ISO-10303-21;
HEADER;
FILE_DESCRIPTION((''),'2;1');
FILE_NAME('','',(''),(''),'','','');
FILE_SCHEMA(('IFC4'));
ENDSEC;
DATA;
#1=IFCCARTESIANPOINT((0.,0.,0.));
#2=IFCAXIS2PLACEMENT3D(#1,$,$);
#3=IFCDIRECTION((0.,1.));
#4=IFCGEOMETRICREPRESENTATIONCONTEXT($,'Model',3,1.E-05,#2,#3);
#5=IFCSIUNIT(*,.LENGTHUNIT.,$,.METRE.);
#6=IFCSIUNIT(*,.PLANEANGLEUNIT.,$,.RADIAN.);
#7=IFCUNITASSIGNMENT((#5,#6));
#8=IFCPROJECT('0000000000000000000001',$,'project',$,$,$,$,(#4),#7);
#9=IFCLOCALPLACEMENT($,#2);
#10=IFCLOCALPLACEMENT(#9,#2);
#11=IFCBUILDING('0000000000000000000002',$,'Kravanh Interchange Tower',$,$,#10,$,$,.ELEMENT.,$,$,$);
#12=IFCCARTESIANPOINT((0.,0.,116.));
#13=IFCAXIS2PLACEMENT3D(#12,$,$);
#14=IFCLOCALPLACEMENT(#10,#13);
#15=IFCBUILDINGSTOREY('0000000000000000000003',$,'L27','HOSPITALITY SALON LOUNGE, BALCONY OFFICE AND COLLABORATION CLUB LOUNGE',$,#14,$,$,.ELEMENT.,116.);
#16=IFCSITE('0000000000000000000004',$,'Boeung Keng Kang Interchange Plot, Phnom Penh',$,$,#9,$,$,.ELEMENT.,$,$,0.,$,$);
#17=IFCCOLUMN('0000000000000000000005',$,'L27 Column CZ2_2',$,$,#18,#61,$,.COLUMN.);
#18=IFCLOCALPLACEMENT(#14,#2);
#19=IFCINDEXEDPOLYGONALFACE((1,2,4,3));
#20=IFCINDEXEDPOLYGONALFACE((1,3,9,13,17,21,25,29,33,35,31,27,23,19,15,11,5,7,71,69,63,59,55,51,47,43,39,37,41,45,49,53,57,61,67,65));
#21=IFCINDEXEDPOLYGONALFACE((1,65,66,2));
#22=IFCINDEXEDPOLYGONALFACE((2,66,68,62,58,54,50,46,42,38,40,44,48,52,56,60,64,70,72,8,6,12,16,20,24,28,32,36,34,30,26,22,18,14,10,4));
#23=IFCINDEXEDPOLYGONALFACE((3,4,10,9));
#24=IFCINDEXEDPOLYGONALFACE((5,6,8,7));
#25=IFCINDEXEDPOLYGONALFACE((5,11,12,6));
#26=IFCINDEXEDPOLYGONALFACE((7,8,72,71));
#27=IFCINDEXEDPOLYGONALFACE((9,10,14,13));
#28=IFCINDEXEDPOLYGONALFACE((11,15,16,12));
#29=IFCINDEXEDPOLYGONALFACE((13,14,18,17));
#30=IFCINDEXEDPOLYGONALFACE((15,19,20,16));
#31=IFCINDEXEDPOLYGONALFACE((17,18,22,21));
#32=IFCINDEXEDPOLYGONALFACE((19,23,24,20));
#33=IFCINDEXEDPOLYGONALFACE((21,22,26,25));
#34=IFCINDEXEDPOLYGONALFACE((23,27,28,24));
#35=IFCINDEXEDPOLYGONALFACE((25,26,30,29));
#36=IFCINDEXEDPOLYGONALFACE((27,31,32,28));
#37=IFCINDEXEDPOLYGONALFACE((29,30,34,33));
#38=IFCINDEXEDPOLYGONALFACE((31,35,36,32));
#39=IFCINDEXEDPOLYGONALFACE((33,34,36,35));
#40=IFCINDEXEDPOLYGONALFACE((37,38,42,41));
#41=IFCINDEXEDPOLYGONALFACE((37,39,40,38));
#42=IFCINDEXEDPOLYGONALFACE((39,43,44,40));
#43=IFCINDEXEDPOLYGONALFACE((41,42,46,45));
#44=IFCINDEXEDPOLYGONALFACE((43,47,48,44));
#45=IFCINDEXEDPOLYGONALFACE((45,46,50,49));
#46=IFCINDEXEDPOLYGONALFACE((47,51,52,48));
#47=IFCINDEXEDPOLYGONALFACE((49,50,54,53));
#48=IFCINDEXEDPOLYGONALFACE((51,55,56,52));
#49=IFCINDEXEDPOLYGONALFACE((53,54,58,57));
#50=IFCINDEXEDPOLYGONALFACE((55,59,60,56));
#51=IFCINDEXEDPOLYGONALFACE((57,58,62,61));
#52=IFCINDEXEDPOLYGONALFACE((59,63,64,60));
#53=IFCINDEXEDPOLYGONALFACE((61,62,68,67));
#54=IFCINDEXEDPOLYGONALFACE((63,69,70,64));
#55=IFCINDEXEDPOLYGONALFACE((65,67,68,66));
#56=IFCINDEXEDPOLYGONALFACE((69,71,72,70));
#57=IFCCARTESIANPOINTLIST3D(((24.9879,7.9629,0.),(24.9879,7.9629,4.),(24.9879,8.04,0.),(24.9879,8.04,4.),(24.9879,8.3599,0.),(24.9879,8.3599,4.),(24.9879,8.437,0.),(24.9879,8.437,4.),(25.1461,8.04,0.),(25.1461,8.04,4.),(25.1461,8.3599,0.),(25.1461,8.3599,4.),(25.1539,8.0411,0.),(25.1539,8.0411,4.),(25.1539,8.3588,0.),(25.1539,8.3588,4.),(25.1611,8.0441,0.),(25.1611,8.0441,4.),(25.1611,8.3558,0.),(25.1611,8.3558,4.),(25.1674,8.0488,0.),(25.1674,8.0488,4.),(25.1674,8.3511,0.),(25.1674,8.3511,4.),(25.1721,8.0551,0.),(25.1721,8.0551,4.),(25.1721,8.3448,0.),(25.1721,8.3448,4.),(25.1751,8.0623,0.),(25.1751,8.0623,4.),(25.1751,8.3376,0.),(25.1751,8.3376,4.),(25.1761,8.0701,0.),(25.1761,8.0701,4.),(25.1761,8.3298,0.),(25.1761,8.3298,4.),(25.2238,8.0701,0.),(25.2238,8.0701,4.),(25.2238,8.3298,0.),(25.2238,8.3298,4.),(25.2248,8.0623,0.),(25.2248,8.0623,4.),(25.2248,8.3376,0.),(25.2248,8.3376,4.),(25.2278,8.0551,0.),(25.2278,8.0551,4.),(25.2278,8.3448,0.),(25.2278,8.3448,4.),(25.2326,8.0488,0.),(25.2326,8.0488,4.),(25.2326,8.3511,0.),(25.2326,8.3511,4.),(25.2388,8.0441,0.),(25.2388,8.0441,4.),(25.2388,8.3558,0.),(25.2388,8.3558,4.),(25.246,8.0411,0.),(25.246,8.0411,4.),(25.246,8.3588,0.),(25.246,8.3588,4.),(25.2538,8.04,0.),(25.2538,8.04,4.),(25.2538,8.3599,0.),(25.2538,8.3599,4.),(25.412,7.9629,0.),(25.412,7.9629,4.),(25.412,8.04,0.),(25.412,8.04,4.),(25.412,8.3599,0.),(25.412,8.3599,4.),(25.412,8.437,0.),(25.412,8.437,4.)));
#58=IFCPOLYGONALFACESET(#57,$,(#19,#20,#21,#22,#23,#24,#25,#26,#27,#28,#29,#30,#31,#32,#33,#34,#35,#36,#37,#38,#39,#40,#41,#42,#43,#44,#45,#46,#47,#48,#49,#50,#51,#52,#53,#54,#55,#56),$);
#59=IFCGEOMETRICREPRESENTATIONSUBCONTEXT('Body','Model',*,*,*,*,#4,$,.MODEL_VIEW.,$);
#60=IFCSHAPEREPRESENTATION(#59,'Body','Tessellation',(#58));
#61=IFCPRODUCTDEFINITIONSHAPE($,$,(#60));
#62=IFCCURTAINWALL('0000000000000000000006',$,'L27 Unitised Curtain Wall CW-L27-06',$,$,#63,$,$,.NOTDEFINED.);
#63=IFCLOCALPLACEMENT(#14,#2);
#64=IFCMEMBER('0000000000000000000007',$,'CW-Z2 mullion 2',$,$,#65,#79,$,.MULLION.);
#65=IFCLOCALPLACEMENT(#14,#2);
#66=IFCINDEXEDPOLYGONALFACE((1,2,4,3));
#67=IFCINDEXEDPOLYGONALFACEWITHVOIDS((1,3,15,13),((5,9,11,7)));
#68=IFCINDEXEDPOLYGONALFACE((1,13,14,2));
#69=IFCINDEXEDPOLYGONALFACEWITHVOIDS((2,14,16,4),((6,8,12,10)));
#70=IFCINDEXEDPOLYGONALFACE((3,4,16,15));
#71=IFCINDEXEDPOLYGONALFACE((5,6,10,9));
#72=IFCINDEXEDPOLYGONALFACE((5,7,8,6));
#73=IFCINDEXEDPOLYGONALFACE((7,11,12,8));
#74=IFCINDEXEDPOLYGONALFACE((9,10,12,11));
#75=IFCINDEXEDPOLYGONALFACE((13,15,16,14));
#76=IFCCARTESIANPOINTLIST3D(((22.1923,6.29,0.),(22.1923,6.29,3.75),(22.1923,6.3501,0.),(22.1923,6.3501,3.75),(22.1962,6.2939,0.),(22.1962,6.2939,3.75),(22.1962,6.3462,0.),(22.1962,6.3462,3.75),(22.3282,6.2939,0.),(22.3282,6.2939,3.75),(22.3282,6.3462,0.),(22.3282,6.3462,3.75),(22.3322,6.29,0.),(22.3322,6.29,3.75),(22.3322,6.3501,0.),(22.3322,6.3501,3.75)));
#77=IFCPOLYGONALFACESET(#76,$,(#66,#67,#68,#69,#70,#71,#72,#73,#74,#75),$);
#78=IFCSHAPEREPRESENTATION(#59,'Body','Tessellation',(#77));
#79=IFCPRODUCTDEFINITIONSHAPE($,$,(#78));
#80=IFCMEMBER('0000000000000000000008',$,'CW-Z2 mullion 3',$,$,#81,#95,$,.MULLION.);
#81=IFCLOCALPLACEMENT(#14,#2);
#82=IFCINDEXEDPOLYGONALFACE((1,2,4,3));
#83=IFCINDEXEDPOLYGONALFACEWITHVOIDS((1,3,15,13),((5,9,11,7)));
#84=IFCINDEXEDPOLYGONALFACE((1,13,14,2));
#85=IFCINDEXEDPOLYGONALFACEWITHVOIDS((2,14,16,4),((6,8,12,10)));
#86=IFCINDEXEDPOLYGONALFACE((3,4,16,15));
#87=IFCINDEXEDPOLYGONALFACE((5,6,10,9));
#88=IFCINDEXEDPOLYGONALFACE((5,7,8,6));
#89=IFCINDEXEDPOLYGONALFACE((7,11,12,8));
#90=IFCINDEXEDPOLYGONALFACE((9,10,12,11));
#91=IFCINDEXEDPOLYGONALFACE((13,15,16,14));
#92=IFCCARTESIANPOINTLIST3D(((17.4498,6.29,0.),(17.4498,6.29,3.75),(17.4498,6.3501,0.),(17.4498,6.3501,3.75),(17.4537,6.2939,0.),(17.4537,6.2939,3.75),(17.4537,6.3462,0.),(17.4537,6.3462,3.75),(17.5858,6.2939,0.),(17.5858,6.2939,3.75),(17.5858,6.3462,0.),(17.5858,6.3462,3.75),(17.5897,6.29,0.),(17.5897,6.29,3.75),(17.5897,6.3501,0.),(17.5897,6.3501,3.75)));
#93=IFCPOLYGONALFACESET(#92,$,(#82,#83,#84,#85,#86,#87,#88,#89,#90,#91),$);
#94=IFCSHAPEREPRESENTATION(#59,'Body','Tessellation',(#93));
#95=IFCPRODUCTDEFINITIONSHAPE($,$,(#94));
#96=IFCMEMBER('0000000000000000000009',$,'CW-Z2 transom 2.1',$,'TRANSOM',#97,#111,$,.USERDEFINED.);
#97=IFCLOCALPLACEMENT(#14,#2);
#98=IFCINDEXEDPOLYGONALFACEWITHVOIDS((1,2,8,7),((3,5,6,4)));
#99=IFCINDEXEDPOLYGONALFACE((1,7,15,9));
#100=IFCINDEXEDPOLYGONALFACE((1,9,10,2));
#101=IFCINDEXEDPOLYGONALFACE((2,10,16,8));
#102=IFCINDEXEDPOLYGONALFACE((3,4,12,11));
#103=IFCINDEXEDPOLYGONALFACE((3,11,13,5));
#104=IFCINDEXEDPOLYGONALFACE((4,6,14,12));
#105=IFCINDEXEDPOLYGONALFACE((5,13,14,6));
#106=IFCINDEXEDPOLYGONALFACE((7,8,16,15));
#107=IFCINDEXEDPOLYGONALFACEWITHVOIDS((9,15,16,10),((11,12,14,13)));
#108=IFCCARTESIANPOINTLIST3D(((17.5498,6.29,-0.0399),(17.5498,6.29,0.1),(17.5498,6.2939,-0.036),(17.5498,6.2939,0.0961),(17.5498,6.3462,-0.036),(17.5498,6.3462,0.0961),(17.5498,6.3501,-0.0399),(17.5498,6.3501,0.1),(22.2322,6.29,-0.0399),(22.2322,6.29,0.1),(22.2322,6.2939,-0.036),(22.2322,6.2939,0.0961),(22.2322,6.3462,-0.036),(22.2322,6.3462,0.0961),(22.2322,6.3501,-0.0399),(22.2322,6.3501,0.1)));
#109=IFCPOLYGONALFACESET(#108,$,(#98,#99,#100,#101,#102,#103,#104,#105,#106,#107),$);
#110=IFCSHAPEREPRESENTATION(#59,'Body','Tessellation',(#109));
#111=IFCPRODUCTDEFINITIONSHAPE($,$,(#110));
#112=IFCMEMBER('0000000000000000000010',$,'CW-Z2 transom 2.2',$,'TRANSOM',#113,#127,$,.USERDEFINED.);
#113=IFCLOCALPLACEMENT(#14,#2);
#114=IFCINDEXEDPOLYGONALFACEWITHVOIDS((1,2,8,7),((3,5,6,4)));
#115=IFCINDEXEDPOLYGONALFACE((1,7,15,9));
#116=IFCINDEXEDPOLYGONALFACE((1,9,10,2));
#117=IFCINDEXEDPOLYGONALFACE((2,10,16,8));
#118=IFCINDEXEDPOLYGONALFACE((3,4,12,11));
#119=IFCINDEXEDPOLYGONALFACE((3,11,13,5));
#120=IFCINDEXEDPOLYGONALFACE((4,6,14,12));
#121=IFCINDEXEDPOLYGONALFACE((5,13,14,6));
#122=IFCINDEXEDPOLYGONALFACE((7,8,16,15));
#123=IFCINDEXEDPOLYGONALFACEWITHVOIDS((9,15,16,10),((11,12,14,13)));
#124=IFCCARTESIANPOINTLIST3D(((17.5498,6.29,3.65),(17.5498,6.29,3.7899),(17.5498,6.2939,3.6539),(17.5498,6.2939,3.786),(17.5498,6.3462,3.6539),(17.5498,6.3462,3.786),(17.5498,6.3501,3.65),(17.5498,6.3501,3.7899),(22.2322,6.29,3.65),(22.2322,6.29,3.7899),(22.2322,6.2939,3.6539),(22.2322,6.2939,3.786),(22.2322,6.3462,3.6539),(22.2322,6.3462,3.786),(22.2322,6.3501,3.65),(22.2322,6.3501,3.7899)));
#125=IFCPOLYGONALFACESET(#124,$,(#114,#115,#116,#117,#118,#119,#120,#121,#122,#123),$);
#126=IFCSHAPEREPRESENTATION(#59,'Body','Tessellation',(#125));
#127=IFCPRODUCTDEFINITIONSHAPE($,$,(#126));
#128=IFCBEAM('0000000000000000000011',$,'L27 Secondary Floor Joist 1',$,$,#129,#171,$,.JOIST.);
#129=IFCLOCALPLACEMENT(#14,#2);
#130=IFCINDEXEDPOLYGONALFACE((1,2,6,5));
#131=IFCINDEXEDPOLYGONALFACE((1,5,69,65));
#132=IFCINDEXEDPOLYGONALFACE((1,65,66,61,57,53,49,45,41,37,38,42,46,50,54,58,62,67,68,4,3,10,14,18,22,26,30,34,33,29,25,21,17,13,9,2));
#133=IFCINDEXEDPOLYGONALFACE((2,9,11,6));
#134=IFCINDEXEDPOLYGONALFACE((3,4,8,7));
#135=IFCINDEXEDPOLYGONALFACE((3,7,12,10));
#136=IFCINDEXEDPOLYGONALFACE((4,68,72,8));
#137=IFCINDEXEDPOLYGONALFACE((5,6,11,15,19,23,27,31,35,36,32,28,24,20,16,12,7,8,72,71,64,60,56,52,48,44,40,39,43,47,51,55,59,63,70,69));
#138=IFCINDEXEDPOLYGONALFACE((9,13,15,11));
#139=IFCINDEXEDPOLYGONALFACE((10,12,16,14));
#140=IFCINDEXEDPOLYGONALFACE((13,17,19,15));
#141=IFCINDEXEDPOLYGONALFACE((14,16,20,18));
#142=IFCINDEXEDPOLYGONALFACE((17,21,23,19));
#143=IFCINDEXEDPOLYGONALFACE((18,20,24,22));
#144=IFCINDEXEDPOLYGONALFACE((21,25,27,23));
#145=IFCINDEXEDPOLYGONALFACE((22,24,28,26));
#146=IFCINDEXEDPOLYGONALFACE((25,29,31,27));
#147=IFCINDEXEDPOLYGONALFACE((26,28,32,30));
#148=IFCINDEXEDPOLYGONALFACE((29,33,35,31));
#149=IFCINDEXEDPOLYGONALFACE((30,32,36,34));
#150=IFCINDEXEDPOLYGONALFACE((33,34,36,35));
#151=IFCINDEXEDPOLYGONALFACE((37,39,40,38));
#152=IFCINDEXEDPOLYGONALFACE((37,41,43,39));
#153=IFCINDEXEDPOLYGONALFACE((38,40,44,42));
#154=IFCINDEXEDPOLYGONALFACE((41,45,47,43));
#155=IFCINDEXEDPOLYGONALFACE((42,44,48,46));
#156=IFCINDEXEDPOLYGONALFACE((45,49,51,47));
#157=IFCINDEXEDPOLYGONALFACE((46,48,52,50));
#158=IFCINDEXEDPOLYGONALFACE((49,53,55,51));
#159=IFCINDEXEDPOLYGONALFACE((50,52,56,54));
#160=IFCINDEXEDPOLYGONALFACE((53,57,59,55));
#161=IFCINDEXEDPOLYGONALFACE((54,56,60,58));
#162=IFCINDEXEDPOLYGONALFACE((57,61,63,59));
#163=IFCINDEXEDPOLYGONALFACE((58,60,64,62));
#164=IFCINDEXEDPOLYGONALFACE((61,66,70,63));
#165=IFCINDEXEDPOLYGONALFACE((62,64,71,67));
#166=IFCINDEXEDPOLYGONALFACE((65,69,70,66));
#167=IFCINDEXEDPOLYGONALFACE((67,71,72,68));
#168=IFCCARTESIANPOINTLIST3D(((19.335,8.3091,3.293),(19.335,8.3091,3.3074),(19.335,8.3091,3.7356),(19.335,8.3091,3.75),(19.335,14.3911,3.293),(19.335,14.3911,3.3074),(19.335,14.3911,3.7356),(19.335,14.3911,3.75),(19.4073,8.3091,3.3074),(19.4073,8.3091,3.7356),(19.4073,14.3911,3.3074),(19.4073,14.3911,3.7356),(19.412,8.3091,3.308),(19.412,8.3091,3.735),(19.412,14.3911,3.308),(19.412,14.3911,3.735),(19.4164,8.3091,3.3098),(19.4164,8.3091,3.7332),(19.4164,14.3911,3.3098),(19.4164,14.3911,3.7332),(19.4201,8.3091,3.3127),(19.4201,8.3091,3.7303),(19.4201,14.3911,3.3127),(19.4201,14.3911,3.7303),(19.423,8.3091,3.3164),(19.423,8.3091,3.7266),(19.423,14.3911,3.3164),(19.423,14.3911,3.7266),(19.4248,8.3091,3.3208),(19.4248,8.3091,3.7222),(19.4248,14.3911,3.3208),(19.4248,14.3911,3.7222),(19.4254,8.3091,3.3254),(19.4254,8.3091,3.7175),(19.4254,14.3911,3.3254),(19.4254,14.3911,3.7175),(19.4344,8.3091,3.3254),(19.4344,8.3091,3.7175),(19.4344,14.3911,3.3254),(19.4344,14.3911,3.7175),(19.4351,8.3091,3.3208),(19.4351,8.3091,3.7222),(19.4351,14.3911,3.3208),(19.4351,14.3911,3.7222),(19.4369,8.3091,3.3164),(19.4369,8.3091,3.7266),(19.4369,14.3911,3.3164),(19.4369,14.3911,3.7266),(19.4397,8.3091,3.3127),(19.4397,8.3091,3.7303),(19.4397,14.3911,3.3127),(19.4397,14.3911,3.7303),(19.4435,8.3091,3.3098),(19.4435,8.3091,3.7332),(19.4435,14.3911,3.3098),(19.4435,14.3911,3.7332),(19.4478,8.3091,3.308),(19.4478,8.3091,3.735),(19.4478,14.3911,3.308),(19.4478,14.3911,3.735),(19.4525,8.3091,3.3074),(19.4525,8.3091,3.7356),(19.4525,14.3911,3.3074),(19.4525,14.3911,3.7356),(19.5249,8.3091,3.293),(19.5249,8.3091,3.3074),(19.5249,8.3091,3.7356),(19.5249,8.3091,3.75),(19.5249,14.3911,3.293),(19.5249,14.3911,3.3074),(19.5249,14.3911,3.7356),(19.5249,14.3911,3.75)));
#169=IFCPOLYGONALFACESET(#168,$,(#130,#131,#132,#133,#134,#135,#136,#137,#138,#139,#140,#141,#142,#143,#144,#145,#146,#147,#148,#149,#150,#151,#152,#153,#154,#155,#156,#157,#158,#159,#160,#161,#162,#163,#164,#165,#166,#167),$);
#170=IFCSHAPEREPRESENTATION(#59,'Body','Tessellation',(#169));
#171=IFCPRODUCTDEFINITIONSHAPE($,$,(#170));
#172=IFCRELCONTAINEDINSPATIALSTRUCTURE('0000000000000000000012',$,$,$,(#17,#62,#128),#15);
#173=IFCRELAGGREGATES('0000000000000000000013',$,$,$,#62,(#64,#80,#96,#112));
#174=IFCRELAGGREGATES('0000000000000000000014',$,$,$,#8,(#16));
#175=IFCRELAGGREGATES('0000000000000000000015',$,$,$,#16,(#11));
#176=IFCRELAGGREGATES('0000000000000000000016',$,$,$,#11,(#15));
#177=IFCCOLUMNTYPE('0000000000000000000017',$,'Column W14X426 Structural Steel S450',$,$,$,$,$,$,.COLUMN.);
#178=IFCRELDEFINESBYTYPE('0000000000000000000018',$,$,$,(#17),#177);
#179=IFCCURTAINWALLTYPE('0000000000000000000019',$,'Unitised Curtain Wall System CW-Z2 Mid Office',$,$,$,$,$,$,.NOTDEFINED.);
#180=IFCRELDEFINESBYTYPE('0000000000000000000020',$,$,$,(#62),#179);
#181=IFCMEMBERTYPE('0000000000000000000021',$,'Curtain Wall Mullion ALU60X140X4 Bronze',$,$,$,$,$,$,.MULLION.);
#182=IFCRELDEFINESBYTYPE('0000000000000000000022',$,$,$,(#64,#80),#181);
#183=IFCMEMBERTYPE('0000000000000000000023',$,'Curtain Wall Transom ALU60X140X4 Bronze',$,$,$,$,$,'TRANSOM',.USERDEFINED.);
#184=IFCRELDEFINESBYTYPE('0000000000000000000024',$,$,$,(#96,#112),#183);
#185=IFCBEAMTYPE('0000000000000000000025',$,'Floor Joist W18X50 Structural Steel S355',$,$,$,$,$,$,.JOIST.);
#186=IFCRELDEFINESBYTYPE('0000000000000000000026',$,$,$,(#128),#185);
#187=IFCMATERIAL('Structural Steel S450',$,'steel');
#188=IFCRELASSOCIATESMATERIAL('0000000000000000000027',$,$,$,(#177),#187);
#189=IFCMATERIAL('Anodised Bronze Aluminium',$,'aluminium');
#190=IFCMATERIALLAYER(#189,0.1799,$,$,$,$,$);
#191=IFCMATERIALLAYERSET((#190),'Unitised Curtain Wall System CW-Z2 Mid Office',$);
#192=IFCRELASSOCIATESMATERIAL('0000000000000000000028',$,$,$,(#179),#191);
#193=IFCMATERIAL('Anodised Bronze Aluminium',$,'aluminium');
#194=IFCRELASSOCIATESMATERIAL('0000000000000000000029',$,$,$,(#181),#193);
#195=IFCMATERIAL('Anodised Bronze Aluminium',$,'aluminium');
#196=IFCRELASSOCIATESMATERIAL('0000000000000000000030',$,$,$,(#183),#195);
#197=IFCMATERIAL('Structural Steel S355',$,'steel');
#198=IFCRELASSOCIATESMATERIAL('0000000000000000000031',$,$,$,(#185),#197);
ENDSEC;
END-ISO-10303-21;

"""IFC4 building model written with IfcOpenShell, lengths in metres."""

from ifc_helpers import new_model, si_unit, direction, frame, origin, origin_2d, place, context, subcontext, project, spatial, hollow_rectangle, i_section, extrude, material, layer, layer_set, material_profile, profile_set, type_object, element, aggregate, save


model = new_model("IFC4")

# Units and contexts
model_context = context("Model", 3, precision=1e-05, world=origin(), true_north=direction((0.0, 1.0)))
body_context = subcontext(model_context, "Body", "Model", "MODEL_VIEW")
ifc_project = project(units=[si_unit("LENGTHUNIT", "METRE"), si_unit("PLANEANGLEUNIT", "RADIAN")], contexts=[model_context])

# Site, building, storey
site_placement = place(None, origin())
site = spatial("IfcSite", under=ifc_project, at=site_placement, Name="Boeung Keng Kang Interchange Plot, Phnom Penh", CompositionType="ELEMENT", RefElevation=0.0)
building_placement = place(site_placement, origin())
building = spatial("IfcBuilding", under=site, at=building_placement, Name="Kravanh Interchange Tower", CompositionType="ELEMENT")
storey_placement = place(building_placement, frame((0.0, 0.0, 116.0)))
storey = spatial("IfcBuildingStorey", under=building, at=storey_placement, Name="L27", Description="HOSPITALITY SALON LOUNGE, BALCONY OFFICE AND COLLABORATION CLUB LOUNGE", CompositionType="ELEMENT", Elevation=116.0)

# Column
ifc_material_1 = material(Name="Structural Steel S450", Category="steel")
ifc_material_profile_1 = material_profile(ifc_material_1, i_section(OverallWidth=0.4241, OverallDepth=0.4741, WebThickness=0.0476, FlangeThickness=0.0771, FilletRadius=0.03, at=origin_2d()), Name="W14X426")
ifc_profile_set_1 = profile_set([ifc_material_profile_1], Name="Structural Steel S450")
column_type = type_object("IfcColumnType", Name="Column W14X426 Structural Steel S450", PredefinedType="COLUMN", material=ifc_profile_set_1)
column_placement = place(storey_placement, frame((25.2, 8.2, 0.0), z_axis=(0.0, 0.0, 1.0), x_axis=(1.0, 0.0, 0.0)))
element("IfcColumn", 1, at=column_placement, inside=storey, type_object=column_type, Name="L27 Column CZ2_2", PredefinedType="COLUMN", context=body_context, shape_type="SweptSolid", body=[
    extrude(i_section(OverallWidth=0.4241, OverallDepth=0.4741, WebThickness=0.0476, FlangeThickness=0.0771, FilletRadius=0.03, at=origin_2d()), origin(), (0.0, 0.0, 1.0), 4.0),
])

# Curtain wall, members
ifc_material_2 = material(Name="Anodised Bronze Aluminium", Category="aluminium")
ifc_layer_1 = layer(ifc_material_2, 0.1799)
ifc_layer_set_1 = layer_set([ifc_layer_1], Name="Unitised Curtain Wall System CW-Z2 Mid Office")
curtain_wall_type = type_object("IfcCurtainWallType", Name="Unitised Curtain Wall System CW-Z2 Mid Office", PredefinedType="NOTDEFINED", material=ifc_layer_set_1)
curtain_wall_placement = place(storey_placement, origin())
curtain_wall = element("IfcCurtainWall", 2, at=curtain_wall_placement, inside=storey, type_object=curtain_wall_type, Name="L27 Unitised Curtain Wall CW-L27-06", PredefinedType="NOTDEFINED")
ifc_material_3 = material(Name="Anodised Bronze Aluminium", Category="aluminium")
ifc_material_profile_2 = material_profile(ifc_material_3, hollow_rectangle(XDim=0.0601, YDim=0.1399, WallThickness=0.0039, at=origin_2d()), Name="ALU60X140X4")
ifc_profile_set_2 = profile_set([ifc_material_profile_2], Name="Anodised Bronze Aluminium")
member_type_1 = type_object("IfcMemberType", Name="Curtain Wall Mullion ALU60X140X4 Bronze", PredefinedType="MULLION", material=ifc_profile_set_2)
member_1_placement = place(storey_placement, frame((22.2622, 6.3201, 0.0), z_axis=(0.0, 0.0, 1.0), x_axis=(0.0, -1.0, 0.0)))
member_1 = element("IfcMember", 3, at=member_1_placement, type_object=member_type_1, Name="CW-Z2 mullion 2", PredefinedType="MULLION", context=body_context, shape_type="SweptSolid", body=[
    extrude(hollow_rectangle(XDim=0.0601, YDim=0.1399, WallThickness=0.0039, at=origin_2d()), origin(), (0.0, 0.0, 1.0), 3.75),
])
member_2_placement = place(storey_placement, frame((17.5198, 6.3201, 0.0), z_axis=(0.0, 0.0, 1.0), x_axis=(0.0, -1.0, 0.0)))
member_2 = element("IfcMember", 4, at=member_2_placement, type_object=member_type_1, Name="CW-Z2 mullion 3", PredefinedType="MULLION", context=body_context, shape_type="SweptSolid", body=[
    extrude(hollow_rectangle(XDim=0.0601, YDim=0.1399, WallThickness=0.0039, at=origin_2d()), origin(), (0.0, 0.0, 1.0), 3.75),
])
ifc_material_4 = material(Name="Anodised Bronze Aluminium", Category="aluminium")
ifc_material_profile_3 = material_profile(ifc_material_4, hollow_rectangle(XDim=0.0601, YDim=0.1399, WallThickness=0.0039, at=origin_2d()), Name="ALU60X140X4")
ifc_profile_set_3 = profile_set([ifc_material_profile_3], Name="Anodised Bronze Aluminium")
member_type_2 = type_object("IfcMemberType", Name="Curtain Wall Transom ALU60X140X4 Bronze", ElementType="TRANSOM", PredefinedType="USERDEFINED", material=ifc_profile_set_3)
member_3_placement = place(storey_placement, frame((22.2322, 6.3201, 0.03), z_axis=(-1.0, 0.0, 0.0), x_axis=(0.0, -1.0, 0.0)))
member_3 = element("IfcMember", 5, at=member_3_placement, type_object=member_type_2, Name="CW-Z2 transom 2.1", ObjectType="TRANSOM", PredefinedType="USERDEFINED", context=body_context, shape_type="SweptSolid", body=[
    extrude(hollow_rectangle(XDim=0.0601, YDim=0.1399, WallThickness=0.0039, at=origin_2d()), origin(), (0.0, 0.0, 1.0), 4.6824),
])
member_4_placement = place(storey_placement, frame((22.2322, 6.3201, 3.72), z_axis=(-1.0, 0.0, 0.0), x_axis=(0.0, -1.0, 0.0)))
member_4 = element("IfcMember", 6, at=member_4_placement, type_object=member_type_2, Name="CW-Z2 transom 2.2", ObjectType="TRANSOM", PredefinedType="USERDEFINED", context=body_context, shape_type="SweptSolid", body=[
    extrude(hollow_rectangle(XDim=0.0601, YDim=0.1399, WallThickness=0.0039, at=origin_2d()), origin(), (0.0, 0.0, 1.0), 4.6824),
])

# Beam
ifc_material_5 = material(Name="Structural Steel S355", Category="steel")
ifc_material_profile_4 = material_profile(ifc_material_5, i_section(OverallWidth=0.1899, OverallDepth=0.457, WebThickness=0.009, FlangeThickness=0.0144, FilletRadius=0.0181, at=origin_2d()), Name="W18X50")
ifc_profile_set_4 = profile_set([ifc_material_profile_4], Name="Structural Steel S355")
beam_type_1 = type_object("IfcBeamType", Name="Floor Joist W18X50 Structural Steel S355", PredefinedType="JOIST", material=ifc_profile_set_4)
for number, where, z_axis, x_axis, name in (
    (7, (19.4299, 8.3091, 3.5215), (0.0, 1.0, 0.0), (-1.0, 0.0, 0.0), "L27 Secondary Floor Joist 1"),
):
    element("IfcBeam", number, at=place(storey_placement, frame(where, z_axis=z_axis, x_axis=x_axis)), inside=storey, type_object=beam_type_1, Name=name, PredefinedType="JOIST", context=body_context, shape_type="SweptSolid", body=[
        extrude(i_section(OverallWidth=0.1899, OverallDepth=0.457, WebThickness=0.009, FlangeThickness=0.0144, FilletRadius=0.0181, at=origin_2d()), origin(), (0.0, 0.0, 1.0), 6.082),
    ])

aggregate(curtain_wall, [member_1, member_2, member_3, member_4])

save(model, "model.ifc")
